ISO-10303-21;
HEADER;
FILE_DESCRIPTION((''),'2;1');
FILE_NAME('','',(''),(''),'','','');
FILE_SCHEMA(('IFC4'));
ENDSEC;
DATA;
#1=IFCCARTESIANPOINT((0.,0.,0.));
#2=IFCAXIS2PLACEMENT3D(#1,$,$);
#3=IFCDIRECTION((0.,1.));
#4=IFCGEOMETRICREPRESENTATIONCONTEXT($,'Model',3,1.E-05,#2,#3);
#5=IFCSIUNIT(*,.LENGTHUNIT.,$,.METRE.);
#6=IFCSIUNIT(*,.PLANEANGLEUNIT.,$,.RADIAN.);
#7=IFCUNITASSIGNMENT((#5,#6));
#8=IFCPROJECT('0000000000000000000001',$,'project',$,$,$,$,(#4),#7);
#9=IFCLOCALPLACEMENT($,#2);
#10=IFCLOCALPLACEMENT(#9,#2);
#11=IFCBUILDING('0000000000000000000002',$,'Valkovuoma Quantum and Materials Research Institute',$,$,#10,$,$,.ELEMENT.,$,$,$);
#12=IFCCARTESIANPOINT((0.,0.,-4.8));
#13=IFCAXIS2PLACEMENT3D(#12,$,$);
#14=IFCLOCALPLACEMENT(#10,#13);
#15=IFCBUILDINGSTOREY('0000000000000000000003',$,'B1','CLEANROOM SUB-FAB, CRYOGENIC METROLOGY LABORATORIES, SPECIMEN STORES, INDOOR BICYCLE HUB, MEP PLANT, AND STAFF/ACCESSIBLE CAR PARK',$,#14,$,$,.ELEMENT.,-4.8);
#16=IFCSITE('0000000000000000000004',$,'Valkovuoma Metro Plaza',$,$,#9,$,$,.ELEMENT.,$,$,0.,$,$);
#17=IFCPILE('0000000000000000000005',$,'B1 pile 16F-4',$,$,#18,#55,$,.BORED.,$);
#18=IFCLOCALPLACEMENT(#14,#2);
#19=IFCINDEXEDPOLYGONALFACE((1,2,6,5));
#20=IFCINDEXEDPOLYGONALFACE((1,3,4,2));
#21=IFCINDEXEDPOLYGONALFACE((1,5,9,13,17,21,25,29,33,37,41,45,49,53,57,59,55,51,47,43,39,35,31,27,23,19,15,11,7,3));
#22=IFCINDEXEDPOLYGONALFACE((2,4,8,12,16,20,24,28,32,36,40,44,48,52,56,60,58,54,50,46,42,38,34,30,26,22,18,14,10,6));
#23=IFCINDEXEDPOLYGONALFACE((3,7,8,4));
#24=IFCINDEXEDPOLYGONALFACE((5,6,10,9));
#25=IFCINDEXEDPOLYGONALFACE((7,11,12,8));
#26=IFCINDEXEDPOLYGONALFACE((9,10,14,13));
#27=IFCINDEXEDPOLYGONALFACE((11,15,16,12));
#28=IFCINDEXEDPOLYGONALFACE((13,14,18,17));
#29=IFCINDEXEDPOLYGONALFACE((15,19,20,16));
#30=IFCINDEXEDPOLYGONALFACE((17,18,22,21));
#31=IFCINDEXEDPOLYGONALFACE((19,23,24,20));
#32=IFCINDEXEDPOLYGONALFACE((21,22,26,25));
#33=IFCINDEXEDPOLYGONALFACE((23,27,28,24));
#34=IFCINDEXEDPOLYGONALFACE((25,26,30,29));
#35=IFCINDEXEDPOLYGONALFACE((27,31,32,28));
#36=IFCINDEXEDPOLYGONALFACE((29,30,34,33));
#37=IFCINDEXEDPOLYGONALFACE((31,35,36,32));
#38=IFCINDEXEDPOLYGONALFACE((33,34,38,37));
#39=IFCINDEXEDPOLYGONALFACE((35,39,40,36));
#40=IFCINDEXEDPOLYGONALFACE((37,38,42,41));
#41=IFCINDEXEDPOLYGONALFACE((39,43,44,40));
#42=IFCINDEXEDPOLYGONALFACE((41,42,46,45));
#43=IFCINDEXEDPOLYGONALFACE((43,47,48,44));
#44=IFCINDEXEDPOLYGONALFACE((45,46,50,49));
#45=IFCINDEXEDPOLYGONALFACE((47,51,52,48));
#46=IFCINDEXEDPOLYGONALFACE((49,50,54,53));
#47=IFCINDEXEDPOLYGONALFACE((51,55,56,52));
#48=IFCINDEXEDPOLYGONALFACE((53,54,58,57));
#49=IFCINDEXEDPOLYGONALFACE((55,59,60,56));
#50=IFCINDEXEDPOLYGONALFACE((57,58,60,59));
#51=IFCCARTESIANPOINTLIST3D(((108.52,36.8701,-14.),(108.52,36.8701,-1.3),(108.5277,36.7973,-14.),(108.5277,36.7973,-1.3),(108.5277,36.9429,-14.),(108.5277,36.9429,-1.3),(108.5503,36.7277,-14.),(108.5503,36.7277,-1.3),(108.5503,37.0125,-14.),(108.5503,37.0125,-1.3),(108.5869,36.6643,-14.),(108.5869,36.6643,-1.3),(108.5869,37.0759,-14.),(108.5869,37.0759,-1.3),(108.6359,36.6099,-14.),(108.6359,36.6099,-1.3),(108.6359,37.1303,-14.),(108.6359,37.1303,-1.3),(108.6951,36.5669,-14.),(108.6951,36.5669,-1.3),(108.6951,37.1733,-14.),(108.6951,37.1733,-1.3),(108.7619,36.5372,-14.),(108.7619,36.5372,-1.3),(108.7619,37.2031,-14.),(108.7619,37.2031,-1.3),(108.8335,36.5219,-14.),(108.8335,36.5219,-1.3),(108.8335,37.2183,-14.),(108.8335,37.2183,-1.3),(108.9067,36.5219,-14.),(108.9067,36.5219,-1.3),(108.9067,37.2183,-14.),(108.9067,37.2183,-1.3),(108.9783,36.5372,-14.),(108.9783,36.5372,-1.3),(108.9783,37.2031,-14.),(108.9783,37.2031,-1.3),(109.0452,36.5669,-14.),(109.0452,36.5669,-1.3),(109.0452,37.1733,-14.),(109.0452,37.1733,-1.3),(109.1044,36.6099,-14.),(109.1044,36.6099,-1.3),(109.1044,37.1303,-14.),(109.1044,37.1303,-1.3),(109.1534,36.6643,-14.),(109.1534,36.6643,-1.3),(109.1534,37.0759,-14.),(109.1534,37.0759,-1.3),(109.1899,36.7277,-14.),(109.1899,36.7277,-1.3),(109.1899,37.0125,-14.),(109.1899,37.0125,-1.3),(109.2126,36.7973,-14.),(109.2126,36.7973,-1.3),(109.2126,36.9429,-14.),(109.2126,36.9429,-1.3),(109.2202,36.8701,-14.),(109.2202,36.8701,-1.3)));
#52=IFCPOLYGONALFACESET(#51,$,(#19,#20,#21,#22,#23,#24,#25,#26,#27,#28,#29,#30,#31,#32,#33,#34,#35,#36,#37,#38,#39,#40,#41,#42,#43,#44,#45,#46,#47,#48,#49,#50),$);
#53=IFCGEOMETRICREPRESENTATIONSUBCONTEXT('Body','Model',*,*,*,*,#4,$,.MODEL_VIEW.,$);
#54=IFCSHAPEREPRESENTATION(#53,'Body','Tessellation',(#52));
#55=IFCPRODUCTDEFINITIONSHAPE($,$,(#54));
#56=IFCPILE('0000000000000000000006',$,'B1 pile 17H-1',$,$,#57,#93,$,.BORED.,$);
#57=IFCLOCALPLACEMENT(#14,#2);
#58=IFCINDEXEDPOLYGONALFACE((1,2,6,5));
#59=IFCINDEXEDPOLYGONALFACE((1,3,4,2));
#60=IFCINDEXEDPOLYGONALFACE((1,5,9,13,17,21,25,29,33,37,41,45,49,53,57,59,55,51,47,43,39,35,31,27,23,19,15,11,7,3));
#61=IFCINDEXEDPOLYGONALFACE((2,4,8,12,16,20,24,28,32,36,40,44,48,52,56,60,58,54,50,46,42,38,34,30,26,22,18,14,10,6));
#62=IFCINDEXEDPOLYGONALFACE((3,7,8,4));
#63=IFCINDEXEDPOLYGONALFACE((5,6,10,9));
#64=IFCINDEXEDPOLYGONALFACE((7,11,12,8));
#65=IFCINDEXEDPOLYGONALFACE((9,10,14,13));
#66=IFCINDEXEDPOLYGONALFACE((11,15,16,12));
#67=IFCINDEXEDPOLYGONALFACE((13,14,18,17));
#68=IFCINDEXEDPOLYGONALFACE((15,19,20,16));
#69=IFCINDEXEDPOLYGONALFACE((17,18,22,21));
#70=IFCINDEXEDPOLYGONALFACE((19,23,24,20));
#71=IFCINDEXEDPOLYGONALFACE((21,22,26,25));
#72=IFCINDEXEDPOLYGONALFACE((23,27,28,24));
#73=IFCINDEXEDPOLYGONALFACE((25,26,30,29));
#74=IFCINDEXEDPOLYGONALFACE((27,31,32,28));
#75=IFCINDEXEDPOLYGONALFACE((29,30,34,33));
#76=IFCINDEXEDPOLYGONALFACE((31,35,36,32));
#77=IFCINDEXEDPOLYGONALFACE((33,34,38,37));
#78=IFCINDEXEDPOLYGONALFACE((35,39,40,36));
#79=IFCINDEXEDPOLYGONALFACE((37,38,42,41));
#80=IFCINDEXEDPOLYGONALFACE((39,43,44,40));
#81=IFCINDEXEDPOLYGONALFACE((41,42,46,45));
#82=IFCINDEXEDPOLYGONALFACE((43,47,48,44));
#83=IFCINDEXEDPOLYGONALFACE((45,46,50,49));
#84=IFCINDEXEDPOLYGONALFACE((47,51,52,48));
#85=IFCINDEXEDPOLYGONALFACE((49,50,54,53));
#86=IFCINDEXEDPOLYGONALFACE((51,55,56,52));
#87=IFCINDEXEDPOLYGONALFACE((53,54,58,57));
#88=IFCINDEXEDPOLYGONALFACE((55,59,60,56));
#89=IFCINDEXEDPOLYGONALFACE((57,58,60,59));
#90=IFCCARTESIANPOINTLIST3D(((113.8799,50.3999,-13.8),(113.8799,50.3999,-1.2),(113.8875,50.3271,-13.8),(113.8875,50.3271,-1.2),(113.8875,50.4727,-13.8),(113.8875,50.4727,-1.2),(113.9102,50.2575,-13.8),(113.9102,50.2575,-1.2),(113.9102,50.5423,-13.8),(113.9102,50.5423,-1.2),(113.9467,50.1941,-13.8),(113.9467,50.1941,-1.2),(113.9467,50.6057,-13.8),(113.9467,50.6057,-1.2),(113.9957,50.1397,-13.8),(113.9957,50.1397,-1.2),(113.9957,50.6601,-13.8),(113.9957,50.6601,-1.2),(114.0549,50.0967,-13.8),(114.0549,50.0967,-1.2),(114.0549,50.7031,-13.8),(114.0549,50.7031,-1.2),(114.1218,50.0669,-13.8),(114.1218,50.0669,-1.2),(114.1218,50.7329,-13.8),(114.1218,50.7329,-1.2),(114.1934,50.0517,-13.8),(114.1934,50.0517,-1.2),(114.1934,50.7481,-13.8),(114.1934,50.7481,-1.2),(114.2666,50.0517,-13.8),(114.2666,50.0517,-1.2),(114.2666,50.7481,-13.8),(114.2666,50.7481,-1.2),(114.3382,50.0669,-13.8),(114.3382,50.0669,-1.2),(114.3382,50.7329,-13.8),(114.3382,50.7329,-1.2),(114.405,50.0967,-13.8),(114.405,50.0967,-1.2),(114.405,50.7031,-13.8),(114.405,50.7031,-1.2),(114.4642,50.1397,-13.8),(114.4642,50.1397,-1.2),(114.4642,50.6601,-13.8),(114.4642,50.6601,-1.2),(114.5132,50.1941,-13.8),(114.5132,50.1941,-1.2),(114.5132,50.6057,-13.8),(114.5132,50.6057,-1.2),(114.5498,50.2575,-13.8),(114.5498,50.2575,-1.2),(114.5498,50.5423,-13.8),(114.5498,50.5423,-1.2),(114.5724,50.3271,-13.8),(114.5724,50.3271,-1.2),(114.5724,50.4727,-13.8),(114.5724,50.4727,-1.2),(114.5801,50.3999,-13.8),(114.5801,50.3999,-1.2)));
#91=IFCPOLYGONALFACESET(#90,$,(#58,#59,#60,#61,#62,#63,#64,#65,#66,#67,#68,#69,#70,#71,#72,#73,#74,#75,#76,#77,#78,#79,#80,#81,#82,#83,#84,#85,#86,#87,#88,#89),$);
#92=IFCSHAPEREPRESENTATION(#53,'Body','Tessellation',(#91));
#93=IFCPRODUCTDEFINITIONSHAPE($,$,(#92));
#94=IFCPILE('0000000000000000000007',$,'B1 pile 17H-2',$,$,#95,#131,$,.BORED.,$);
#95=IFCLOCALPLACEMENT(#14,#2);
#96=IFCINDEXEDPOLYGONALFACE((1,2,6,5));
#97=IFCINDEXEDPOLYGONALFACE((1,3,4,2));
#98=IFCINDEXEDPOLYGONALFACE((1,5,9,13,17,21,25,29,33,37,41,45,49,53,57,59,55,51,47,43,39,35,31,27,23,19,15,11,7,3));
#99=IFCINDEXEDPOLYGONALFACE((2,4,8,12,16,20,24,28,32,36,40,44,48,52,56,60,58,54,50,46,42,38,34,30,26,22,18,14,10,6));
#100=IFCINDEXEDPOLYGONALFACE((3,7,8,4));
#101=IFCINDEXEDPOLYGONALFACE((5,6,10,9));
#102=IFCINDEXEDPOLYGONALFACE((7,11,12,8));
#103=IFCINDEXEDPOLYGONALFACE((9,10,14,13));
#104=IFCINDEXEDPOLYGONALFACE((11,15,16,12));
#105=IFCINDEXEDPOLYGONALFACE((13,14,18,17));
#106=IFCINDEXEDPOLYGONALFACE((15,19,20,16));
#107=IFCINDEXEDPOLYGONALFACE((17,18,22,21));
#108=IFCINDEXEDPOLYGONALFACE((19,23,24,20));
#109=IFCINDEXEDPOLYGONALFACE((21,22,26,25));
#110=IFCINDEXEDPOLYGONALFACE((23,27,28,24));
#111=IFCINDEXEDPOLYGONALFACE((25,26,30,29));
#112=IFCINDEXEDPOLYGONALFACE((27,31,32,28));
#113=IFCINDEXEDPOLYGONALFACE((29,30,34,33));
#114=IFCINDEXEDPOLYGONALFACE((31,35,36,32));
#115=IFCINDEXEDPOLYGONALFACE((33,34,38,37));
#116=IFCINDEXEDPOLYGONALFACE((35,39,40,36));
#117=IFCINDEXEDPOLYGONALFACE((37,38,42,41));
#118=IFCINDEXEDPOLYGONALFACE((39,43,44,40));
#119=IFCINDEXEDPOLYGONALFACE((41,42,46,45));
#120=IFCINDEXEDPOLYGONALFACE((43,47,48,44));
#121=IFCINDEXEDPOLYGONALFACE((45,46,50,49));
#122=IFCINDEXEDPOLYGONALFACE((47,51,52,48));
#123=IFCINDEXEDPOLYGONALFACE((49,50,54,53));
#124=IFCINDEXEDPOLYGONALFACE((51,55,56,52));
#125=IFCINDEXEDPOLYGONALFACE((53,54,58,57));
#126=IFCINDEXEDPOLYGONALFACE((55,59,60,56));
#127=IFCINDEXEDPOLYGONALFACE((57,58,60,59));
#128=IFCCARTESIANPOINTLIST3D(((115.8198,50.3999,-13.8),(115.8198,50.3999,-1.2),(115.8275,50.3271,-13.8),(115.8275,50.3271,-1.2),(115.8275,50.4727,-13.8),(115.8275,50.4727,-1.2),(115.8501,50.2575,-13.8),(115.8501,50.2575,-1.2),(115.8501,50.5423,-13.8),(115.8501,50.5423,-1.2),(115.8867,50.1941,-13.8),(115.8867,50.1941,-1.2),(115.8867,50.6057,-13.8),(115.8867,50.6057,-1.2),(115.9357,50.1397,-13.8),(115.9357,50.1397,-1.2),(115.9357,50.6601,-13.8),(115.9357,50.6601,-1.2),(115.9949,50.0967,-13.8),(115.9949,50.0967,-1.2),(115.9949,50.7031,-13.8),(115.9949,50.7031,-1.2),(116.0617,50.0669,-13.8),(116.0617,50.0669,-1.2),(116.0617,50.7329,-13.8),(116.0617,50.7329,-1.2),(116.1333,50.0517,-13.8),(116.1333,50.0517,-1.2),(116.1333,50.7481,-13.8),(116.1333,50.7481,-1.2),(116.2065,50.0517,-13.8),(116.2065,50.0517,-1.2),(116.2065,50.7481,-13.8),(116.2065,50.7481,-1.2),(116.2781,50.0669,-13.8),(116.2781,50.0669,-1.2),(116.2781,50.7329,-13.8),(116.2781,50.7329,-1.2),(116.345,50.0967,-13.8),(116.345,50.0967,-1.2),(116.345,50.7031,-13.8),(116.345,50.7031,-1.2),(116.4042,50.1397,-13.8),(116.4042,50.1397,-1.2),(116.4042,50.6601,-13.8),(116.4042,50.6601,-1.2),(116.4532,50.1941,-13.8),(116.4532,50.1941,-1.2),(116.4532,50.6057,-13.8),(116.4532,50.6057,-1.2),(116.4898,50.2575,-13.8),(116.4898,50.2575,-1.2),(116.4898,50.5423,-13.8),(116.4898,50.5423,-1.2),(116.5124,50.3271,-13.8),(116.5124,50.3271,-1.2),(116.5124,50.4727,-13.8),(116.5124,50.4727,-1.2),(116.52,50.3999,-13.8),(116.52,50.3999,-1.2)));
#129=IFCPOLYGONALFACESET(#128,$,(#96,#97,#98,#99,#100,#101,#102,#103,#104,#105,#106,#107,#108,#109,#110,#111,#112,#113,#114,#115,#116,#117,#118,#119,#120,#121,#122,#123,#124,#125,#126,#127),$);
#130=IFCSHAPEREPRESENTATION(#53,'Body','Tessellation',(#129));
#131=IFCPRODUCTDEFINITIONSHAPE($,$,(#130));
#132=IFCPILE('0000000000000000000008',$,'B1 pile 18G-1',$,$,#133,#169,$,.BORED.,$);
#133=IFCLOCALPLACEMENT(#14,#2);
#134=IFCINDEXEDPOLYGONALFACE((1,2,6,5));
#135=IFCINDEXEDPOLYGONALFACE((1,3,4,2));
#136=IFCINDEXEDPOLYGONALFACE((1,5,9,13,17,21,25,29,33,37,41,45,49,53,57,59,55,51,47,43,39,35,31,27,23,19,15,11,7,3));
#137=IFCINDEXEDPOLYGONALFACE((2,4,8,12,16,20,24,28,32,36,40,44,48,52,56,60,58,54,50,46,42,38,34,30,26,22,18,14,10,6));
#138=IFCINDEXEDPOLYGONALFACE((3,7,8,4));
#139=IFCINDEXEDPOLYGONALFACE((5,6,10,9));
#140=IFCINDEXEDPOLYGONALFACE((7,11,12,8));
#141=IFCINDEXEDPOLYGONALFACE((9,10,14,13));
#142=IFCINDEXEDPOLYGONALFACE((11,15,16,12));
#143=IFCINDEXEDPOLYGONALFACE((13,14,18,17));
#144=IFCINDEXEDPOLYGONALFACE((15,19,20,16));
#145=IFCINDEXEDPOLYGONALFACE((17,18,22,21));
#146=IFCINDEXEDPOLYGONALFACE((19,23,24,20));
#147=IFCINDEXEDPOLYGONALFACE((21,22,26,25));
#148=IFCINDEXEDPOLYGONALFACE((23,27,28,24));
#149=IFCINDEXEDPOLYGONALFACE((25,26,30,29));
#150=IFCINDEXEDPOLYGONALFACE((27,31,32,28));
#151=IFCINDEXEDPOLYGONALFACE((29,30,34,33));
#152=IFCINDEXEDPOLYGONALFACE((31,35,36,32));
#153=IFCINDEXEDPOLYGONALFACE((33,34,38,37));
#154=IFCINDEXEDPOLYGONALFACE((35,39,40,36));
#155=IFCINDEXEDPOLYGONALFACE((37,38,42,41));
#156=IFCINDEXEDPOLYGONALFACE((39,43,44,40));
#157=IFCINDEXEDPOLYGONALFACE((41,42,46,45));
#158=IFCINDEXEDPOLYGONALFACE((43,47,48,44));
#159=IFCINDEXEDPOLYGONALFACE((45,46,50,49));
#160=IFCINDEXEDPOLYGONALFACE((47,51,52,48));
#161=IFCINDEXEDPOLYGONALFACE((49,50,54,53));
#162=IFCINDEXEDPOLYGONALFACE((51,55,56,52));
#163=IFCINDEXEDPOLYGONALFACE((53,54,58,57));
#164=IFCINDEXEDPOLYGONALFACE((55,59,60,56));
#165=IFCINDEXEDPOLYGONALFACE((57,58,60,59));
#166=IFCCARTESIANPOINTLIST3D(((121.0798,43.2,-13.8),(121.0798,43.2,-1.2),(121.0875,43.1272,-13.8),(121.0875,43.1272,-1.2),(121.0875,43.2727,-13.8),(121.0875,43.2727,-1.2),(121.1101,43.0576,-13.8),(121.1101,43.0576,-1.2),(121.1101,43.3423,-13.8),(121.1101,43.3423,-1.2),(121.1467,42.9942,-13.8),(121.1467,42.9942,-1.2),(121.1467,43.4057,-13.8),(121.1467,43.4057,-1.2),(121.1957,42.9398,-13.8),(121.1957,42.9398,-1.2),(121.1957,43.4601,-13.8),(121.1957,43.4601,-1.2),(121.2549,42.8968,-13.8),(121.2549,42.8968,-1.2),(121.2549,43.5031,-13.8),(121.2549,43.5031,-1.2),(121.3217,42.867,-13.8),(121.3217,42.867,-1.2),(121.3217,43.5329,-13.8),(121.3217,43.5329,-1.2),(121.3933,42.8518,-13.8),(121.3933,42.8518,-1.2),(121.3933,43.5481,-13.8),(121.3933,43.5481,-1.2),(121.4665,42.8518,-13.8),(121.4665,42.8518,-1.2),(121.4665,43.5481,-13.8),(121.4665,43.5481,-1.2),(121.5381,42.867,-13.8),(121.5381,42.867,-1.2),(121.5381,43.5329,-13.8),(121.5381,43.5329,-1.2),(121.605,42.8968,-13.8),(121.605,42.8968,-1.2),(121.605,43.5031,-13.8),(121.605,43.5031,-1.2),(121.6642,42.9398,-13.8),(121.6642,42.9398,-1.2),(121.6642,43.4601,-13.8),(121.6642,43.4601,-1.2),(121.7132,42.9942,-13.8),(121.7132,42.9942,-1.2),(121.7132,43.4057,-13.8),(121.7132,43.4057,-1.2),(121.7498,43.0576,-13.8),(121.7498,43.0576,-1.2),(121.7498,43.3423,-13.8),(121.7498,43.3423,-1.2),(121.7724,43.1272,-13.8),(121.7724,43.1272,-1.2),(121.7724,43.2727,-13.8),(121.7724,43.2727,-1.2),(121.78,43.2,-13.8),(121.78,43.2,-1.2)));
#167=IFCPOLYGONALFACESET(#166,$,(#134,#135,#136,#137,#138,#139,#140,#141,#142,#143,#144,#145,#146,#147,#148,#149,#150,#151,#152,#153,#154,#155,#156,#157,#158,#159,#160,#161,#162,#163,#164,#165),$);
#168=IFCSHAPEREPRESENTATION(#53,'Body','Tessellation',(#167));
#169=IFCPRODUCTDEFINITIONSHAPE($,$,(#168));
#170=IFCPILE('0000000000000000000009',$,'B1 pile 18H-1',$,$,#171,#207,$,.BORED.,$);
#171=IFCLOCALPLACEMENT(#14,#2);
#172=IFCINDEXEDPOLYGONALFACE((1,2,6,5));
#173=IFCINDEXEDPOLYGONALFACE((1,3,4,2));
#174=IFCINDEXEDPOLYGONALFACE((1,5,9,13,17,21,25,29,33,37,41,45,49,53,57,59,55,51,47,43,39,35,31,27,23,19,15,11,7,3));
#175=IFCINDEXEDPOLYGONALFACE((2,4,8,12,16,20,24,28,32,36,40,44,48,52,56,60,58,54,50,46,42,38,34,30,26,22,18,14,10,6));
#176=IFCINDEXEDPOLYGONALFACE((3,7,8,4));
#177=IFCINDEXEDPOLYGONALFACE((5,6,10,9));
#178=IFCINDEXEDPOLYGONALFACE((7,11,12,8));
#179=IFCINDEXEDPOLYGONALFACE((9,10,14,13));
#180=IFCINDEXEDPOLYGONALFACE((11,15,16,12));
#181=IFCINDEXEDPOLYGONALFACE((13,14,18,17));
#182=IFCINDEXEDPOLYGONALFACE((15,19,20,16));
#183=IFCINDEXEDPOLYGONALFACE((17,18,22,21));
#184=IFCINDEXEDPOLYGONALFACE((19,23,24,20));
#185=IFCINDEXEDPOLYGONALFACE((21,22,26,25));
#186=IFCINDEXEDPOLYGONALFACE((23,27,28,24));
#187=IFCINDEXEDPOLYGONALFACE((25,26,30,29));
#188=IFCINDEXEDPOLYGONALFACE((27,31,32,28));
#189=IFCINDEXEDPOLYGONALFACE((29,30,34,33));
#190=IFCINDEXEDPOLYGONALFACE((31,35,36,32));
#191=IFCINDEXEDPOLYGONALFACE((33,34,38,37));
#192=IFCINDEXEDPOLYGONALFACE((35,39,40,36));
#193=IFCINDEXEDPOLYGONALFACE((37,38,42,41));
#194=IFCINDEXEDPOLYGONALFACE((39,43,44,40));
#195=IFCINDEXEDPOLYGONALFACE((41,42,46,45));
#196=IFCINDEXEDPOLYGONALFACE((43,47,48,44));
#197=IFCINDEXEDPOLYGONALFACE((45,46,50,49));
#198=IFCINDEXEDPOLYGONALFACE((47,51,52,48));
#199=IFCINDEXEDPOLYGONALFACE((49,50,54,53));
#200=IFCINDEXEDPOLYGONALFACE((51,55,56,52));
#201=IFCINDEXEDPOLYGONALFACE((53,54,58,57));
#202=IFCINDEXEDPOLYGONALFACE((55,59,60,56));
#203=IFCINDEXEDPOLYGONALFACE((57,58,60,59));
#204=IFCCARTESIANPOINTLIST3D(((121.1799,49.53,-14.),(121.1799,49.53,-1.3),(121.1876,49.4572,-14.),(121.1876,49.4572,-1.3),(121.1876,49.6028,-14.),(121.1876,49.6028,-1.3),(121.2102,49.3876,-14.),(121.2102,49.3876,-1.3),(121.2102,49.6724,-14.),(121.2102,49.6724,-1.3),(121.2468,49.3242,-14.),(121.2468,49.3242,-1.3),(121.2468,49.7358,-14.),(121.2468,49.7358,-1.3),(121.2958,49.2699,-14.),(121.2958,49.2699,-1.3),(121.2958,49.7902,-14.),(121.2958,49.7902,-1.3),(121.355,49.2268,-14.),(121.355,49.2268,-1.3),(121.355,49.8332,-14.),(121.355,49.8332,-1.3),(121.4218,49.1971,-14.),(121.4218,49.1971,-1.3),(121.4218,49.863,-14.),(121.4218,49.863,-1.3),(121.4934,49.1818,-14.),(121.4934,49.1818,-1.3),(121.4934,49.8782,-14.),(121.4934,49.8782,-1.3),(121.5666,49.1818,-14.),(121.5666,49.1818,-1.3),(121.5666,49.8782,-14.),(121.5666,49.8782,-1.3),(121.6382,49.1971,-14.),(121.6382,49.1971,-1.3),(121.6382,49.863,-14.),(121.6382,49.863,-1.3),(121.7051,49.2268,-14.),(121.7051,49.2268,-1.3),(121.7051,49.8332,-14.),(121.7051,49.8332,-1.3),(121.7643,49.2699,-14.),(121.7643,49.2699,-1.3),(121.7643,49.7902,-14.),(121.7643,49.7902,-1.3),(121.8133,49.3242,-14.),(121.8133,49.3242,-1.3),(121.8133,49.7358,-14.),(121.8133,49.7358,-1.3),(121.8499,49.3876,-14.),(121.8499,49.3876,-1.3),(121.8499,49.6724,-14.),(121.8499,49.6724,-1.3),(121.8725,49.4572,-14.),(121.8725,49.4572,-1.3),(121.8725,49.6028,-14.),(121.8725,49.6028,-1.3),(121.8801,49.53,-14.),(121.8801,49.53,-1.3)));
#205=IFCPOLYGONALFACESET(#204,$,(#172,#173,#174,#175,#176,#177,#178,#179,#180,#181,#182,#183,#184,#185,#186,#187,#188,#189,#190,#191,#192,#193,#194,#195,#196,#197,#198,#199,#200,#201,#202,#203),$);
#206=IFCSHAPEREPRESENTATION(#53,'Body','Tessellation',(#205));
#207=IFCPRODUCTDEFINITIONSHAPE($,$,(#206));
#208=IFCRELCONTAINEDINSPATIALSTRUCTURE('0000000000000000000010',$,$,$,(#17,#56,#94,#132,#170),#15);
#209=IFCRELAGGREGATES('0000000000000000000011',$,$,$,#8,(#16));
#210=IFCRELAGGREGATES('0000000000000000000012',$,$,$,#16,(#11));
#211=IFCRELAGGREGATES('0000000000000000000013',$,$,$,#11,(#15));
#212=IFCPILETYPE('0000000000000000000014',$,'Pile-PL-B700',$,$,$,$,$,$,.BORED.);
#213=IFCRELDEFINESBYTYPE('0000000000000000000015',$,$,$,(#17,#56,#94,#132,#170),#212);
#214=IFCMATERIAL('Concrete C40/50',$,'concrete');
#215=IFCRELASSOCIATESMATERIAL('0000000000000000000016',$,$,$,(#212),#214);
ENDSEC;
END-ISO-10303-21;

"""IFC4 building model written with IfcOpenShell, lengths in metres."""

from ifc_helpers import new_model, si_unit, direction, frame, origin, origin_2d, place, context, subcontext, project, spatial, circle, extrude, material, material_profile, profile_set, type_object, element, save


model = new_model("IFC4")

# Units and contexts
model_context = context("Model", 3, precision=1e-05, world=origin(), true_north=direction((0.0, 1.0)))
body_context = subcontext(model_context, "Body", "Model", "MODEL_VIEW")
ifc_project = project(units=[si_unit("LENGTHUNIT", "METRE"), si_unit("PLANEANGLEUNIT", "RADIAN")], contexts=[model_context])

# Site, building, storey
site_placement = place(None, origin())
site = spatial("IfcSite", under=ifc_project, at=site_placement, Name="Valkovuoma Metro Plaza", CompositionType="ELEMENT", RefElevation=0.0)
building_placement = place(site_placement, origin())
building = spatial("IfcBuilding", under=site, at=building_placement, Name="Valkovuoma Quantum and Materials Research Institute", CompositionType="ELEMENT")
storey_placement = place(building_placement, frame((0.0, 0.0, -4.8)))
storey = spatial("IfcBuildingStorey", under=building, at=storey_placement, Name="B1", Description="CLEANROOM SUB-FAB, CRYOGENIC METROLOGY LABORATORIES, SPECIMEN STORES, INDOOR BICYCLE HUB, MEP PLANT, AND STAFF/ACCESSIBLE CAR PARK", CompositionType="ELEMENT", Elevation=-4.8)

# Piles
ifc_material_1 = material(Name="Concrete C40/50", Category="concrete")
ifc_material_profile_1 = material_profile(ifc_material_1, circle(Radius=0.3501, at=origin_2d()), Name="Concrete C40/50")
ifc_profile_set_1 = profile_set([ifc_material_profile_1], Name="Concrete C40/50")
pile_type_1 = type_object("IfcPileType", Name="Pile-PL-B700", PredefinedType="BORED", material=ifc_profile_set_1)
pile_1_placement = place(storey_placement, frame((108.8701, 36.8701, -1.3), z_axis=(0.0, 0.0, -1.0), x_axis=(1.0, 0.0, 0.0)))
element("IfcPile", 1, at=pile_1_placement, inside=storey, type_object=pile_type_1, Name="B1 pile 16F-4", PredefinedType="BORED", context=body_context, shape_type="SweptSolid", body=[
    extrude(circle(Radius=0.3501, at=origin_2d()), origin(), (0.0, 0.0, 1.0), 12.7),
])
for number, where, z_axis, x_axis, name in (
    (2, (114.23, 50.3999, -1.2), (0.0, 0.0, -1.0), (1.0, 0.0, 0.0), "B1 pile 17H-1"),
    (3, (116.1699, 50.3999, -1.2), (0.0, 0.0, -1.0), (1.0, 0.0, 0.0), "B1 pile 17H-2"),
    (4, (121.4299, 43.2, -1.2), (0.0, 0.0, -1.0), (1.0, 0.0, 0.0), "B1 pile 18G-1"),
):
    element("IfcPile", number, at=place(storey_placement, frame(where, z_axis=z_axis, x_axis=x_axis)), inside=storey, type_object=pile_type_1, Name=name, PredefinedType="BORED", context=body_context, shape_type="SweptSolid", body=[
        extrude(circle(Radius=0.3501, at=origin_2d()), origin(), (0.0, 0.0, 1.0), 12.6001),
    ])
for number, where, z_axis, x_axis, name in (
    (5, (121.53, 49.53, -1.3), (0.0, 0.0, -1.0), (1.0, 0.0, 0.0), "B1 pile 18H-1"),
):
    element("IfcPile", number, at=place(storey_placement, frame(where, z_axis=z_axis, x_axis=x_axis)), inside=storey, type_object=pile_type_1, Name=name, PredefinedType="BORED", context=body_context, shape_type="SweptSolid", body=[
        extrude(circle(Radius=0.3501, at=origin_2d()), origin(), (0.0, 0.0, 1.0), 12.7),
    ])

save(model, "model.ifc")
